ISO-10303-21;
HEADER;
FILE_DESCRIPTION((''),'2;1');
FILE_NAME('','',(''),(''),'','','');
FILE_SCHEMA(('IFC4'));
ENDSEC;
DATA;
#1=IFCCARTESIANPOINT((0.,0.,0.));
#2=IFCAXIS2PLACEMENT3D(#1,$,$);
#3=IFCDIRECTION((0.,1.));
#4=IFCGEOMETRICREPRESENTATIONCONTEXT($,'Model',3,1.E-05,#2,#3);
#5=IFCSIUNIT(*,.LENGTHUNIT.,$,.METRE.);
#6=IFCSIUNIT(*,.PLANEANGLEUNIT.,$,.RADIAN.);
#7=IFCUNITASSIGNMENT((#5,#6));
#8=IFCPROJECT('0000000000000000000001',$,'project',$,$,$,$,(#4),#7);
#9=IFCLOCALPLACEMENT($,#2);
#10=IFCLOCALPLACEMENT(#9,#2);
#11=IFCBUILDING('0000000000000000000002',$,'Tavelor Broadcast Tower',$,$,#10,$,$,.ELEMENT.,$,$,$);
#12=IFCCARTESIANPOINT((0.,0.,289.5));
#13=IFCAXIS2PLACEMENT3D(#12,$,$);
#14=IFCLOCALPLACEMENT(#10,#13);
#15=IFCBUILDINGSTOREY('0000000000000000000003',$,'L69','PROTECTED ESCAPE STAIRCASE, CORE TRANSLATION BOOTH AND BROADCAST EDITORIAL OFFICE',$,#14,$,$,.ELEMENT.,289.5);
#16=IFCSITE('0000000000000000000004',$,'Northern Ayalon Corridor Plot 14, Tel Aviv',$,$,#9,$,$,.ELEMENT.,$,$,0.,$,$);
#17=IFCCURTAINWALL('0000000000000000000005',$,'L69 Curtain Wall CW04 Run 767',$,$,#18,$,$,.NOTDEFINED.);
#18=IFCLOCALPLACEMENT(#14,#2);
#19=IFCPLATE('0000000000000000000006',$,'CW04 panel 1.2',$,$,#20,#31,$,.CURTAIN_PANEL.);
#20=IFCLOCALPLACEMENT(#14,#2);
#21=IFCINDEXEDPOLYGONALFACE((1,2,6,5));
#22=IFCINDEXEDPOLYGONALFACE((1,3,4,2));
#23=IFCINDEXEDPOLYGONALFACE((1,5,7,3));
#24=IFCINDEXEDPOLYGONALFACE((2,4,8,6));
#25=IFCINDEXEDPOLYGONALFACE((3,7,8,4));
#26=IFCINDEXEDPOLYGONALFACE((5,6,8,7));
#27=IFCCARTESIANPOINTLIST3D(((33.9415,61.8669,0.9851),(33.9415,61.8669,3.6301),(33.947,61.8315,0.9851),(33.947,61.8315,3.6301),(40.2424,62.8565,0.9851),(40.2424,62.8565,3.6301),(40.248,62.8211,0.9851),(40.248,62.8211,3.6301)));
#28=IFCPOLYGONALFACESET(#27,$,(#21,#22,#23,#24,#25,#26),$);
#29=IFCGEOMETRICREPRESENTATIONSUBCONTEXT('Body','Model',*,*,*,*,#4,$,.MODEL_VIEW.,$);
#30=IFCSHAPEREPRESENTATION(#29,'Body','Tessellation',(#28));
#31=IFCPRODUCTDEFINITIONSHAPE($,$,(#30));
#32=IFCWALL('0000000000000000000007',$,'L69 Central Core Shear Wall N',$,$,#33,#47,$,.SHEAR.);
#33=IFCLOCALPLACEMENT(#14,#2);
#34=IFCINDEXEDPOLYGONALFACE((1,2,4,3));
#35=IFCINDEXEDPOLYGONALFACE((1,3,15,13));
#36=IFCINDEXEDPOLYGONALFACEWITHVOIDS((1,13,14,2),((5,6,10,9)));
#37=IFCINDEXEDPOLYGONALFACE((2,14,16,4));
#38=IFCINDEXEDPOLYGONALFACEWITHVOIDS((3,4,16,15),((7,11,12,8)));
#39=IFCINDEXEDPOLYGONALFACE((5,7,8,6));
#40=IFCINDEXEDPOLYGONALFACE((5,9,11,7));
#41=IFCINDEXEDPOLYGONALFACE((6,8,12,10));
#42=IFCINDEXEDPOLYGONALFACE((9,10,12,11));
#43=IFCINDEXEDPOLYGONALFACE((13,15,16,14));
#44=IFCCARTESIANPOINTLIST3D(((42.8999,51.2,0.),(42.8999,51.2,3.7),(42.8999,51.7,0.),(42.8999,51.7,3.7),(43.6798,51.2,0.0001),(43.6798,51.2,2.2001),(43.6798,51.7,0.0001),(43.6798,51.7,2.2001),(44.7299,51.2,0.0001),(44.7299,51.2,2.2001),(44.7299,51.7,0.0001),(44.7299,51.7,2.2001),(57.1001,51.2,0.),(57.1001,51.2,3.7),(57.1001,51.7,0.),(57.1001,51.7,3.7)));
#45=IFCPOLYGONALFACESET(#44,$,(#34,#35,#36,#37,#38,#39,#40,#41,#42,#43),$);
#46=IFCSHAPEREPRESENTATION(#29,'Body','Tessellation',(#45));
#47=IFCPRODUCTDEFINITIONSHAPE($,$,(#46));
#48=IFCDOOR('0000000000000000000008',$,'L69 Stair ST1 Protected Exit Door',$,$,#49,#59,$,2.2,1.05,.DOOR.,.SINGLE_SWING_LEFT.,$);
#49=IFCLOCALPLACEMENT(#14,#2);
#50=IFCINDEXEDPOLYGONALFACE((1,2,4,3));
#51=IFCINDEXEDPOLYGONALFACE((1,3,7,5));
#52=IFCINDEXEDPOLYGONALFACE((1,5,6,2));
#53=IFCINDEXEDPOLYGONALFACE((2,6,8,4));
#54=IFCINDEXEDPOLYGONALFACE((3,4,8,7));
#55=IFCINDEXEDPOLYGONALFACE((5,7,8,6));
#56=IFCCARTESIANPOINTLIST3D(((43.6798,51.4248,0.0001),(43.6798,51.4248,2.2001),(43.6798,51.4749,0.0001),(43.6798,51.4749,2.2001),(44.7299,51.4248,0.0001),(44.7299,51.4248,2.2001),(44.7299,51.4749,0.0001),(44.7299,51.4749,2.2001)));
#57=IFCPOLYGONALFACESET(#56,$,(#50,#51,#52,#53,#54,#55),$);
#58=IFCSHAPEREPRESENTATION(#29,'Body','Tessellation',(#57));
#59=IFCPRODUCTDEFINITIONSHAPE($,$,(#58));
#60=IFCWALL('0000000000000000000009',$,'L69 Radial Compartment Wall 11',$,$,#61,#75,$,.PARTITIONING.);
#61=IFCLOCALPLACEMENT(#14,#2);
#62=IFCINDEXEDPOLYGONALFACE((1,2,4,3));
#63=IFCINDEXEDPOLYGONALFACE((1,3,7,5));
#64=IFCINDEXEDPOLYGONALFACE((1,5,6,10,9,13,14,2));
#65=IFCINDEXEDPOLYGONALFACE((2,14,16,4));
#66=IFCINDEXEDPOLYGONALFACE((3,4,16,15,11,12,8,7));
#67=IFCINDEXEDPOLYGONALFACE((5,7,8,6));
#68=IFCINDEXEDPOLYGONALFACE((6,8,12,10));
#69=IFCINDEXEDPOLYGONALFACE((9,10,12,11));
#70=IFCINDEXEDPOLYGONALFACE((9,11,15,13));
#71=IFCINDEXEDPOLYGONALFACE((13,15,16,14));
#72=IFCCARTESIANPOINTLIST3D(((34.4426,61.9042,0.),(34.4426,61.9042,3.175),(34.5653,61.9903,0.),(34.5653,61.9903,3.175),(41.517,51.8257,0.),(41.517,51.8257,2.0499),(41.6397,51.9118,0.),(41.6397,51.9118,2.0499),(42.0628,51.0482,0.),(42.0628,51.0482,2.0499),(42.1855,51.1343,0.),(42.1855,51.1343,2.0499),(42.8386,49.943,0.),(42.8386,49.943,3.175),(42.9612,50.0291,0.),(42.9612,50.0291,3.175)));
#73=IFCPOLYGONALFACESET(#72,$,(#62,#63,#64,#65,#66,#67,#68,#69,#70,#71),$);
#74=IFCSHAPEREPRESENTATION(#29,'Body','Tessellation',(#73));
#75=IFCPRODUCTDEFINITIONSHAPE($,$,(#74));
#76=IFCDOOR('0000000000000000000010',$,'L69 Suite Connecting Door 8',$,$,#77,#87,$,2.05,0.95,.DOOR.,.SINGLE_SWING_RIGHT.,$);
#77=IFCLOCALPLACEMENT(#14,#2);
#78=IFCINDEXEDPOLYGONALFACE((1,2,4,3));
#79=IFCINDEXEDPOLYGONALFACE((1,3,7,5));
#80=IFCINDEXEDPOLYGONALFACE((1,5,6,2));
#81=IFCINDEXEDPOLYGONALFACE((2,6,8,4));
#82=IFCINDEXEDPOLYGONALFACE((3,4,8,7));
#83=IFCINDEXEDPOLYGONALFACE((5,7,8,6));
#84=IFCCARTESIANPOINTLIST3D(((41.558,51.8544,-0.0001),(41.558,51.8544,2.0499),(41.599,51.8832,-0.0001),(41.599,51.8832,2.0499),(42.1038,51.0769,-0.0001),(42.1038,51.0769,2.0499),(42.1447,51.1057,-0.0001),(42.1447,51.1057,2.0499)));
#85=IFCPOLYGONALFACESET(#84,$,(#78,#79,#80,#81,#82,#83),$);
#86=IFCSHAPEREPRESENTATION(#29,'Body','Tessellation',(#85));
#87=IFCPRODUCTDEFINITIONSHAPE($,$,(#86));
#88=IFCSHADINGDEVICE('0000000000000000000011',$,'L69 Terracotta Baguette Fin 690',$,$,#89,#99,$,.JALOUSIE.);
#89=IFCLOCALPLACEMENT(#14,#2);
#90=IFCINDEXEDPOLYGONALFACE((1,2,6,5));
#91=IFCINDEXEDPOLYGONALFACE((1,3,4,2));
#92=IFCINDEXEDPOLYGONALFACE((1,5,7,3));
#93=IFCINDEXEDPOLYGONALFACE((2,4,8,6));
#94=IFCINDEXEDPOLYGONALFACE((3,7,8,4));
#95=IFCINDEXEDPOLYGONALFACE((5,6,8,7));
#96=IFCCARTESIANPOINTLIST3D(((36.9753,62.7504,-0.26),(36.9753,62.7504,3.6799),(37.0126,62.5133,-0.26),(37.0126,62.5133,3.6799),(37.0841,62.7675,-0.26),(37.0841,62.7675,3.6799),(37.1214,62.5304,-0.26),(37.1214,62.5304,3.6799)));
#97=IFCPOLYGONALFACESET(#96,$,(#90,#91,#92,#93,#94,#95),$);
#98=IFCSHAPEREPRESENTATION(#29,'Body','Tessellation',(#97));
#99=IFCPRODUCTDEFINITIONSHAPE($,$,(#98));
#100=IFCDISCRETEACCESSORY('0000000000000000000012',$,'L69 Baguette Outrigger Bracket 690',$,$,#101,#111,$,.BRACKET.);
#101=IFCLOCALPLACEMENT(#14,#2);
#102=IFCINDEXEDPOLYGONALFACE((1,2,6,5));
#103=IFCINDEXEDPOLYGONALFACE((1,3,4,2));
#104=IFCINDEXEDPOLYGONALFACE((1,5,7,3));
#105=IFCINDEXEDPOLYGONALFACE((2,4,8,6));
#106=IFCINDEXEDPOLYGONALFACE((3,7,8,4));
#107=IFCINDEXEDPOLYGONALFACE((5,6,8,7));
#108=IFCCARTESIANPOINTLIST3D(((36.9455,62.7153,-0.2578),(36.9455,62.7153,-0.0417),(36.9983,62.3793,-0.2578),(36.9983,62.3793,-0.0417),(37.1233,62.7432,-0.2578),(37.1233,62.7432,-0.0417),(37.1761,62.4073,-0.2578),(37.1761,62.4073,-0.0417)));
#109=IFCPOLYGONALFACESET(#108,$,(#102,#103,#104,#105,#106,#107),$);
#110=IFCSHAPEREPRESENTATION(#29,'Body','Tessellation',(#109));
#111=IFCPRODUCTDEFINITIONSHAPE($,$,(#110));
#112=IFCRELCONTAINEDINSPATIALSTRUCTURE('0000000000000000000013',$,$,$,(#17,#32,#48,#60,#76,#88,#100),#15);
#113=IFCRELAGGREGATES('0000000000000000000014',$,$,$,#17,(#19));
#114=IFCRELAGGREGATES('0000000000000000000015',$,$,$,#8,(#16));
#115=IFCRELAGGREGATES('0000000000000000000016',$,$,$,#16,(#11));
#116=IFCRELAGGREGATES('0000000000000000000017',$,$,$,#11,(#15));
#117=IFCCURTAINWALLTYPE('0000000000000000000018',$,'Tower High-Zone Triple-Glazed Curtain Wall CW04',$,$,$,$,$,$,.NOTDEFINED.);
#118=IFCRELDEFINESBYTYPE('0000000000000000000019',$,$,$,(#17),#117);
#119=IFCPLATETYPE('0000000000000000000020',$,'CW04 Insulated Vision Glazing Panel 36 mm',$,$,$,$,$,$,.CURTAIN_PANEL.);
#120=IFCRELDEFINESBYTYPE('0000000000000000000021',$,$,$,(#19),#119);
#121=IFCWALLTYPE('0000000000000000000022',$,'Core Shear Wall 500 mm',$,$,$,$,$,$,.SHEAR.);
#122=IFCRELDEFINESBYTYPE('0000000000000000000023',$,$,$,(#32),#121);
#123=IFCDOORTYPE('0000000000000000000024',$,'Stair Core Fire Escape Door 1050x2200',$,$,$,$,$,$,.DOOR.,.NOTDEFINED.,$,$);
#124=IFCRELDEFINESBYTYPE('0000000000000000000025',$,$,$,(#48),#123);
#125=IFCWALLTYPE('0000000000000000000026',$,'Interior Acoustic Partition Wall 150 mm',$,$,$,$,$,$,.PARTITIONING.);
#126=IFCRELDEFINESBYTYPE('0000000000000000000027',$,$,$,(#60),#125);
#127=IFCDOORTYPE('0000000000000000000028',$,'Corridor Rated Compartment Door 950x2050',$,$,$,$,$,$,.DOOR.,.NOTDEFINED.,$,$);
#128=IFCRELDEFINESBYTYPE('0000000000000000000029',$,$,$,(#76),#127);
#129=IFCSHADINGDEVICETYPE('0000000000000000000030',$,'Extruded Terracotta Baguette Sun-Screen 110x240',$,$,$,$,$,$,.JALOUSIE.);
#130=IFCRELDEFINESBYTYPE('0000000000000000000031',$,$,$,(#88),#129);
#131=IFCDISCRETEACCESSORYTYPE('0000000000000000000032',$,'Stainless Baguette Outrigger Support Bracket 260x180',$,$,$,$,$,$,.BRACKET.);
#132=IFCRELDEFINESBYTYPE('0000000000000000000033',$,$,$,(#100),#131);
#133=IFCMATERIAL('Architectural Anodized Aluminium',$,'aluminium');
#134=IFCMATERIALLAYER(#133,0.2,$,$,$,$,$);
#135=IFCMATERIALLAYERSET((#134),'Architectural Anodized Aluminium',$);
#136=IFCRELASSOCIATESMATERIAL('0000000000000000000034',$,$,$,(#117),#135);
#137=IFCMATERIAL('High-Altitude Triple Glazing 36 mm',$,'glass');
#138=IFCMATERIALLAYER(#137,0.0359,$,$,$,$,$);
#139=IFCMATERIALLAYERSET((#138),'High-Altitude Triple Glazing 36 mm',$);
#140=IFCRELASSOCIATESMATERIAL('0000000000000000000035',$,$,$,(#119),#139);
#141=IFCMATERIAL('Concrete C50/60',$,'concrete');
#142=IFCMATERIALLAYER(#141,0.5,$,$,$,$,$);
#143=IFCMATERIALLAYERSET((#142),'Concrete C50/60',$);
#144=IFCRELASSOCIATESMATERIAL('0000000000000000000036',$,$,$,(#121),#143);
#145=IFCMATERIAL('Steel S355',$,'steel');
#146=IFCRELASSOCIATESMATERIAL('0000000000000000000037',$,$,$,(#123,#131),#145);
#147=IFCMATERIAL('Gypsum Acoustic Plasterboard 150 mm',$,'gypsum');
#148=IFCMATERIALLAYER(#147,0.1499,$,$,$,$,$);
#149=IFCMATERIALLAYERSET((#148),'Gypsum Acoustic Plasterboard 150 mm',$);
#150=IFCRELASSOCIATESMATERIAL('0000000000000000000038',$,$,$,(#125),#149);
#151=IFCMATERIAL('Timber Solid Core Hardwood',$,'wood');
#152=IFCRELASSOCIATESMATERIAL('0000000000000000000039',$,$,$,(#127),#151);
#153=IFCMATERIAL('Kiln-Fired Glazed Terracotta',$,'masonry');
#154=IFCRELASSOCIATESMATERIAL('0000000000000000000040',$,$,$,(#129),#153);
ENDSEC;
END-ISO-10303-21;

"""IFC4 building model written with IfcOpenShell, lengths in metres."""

from ifc_helpers import new_model, si_unit, direction, frame, frame_2d, origin, origin_2d, place, context, subcontext, project, spatial, rectangle, extrude, source, transform, mapped, material, layer, layer_set, type_object, type_shapes, element, fill, aggregate, save


model = new_model("IFC4")

# Units and contexts
model_context = context("Model", 3, precision=1e-05, world=origin(), true_north=direction((0.0, 1.0)))
body_context = subcontext(model_context, "Body", "Model", "MODEL_VIEW")
ifc_project = project(units=[si_unit("LENGTHUNIT", "METRE"), si_unit("PLANEANGLEUNIT", "RADIAN")], contexts=[model_context])

# Site, building, storey
site_placement = place(None, origin())
site = spatial("IfcSite", under=ifc_project, at=site_placement, Name="Northern Ayalon Corridor Plot 14, Tel Aviv", CompositionType="ELEMENT", RefElevation=0.0)
building_placement = place(site_placement, origin())
building = spatial("IfcBuilding", under=site, at=building_placement, Name="Tavelor Broadcast Tower", CompositionType="ELEMENT")
storey_placement = place(building_placement, frame((0.0, 0.0, 289.5)))
storey = spatial("IfcBuildingStorey", under=building, at=storey_placement, Name="L69", Description="PROTECTED ESCAPE STAIRCASE, CORE TRANSLATION BOOTH AND BROADCAST EDITORIAL OFFICE", CompositionType="ELEMENT", Elevation=289.5)

# Shared definitions
ifc_material_1 = material(Name="Steel S355", Category="steel")

# Shared definitions
ifc_material_2 = material(Name="Architectural Anodized Aluminium", Category="aluminium")
ifc_layer_1 = layer(ifc_material_2, 0.2)
ifc_layer_set_1 = layer_set([ifc_layer_1], Name="Architectural Anodized Aluminium")
curtain_wall_type = type_object("IfcCurtainWallType", Name="Tower High-Zone Triple-Glazed Curtain Wall CW04", PredefinedType="NOTDEFINED", material=ifc_layer_set_1)

# Curtain wall
curtain_wall_1_placement = place(storey_placement, origin())
curtain_wall_1 = element("IfcCurtainWall", 1, at=curtain_wall_1_placement, inside=storey, type_object=curtain_wall_type, Name="L69 Curtain Wall CW04 Run 767", PredefinedType="NOTDEFINED")

# Plate
ifc_material_3 = material(Name="High-Altitude Triple Glazing 36 mm", Category="glass")
ifc_layer_2 = layer(ifc_material_3, 0.0359)
ifc_layer_set_2 = layer_set([ifc_layer_2], Name="High-Altitude Triple Glazing 36 mm")
plate_type_1 = type_object("IfcPlateType", Name="CW04 Insulated Vision Glazing Panel 36 mm", PredefinedType="CURTAIN_PANEL", material=ifc_layer_set_2)
shared_shape_1 = source(origin(), body_context, "Body", "SweptSolid", [
    extrude(rectangle(XDim=6.3782, YDim=0.0359, at=origin_2d()), origin(), (0.0, 0.0, 1.0), 2.645),
])
plate_1_placement = place(storey_placement, frame((37.0947, 62.344, 0.9851), z_axis=(0.0, 0.0, 1.0), x_axis=(-0.987891, -0.155152, 0.0)))
plate_1 = element("IfcPlate", 2, at=plate_1_placement, type_object=plate_type_1, Name="CW04 panel 1.2", PredefinedType="CURTAIN_PANEL", context=body_context, shape_type="MappedRepresentation", body=[
    mapped(shared_shape_1, transform((0.0, 0.0, 0.0), scale=1.0)),
])
aggregate(curtain_wall_1, [plate_1])

# Walls, openings, doors
ifc_material_4 = material(Name="Concrete C50/60", Category="concrete")
ifc_layer_3 = layer(ifc_material_4, 0.5)
ifc_layer_set_3 = layer_set([ifc_layer_3], Name="Concrete C50/60")
wall_type_1 = type_object("IfcWallType", Name="Core Shear Wall 500 mm", PredefinedType="SHEAR", material=ifc_layer_set_3)
wall_1_placement = place(storey_placement, frame((42.8999, 51.45, 0.0), z_axis=(0.0, 0.0, 1.0), x_axis=(1.0, 0.0, 0.0)))
wall_1 = element("IfcWall", 3, at=wall_1_placement, inside=storey, type_object=wall_type_1, Name="L69 Central Core Shear Wall N", PredefinedType="SHEAR", context=body_context, shape_type="SweptSolid", body=[
    extrude(rectangle(XDim=14.2002, YDim=0.5, at=frame_2d((7.1001, 0.0))), origin(), (0.0, 0.0, 1.0), 3.7),
])
opening_1_placement = place(wall_1_placement, frame((0.78, 0.0, 0.0)))
opening_1 = element("IfcOpeningElement", 4, at=opening_1_placement, cuts=wall_1, PredefinedType="OPENING", context=body_context, shape_type="SweptSolid", body=[
    extrude(rectangle(XDim=1.05, YDim=2.2, at=frame_2d((0.5249, 1.1001))), frame((0.0, 0.26, 0.0), z_axis=(0.0, -1.0, 0.0), x_axis=(1.0, 0.0, 0.0)), (0.0, 0.0, 1.0), 0.52),
])
door_type_1 = type_object("IfcDoorType", Name="Stair Core Fire Escape Door 1050x2200", OperationType="NOTDEFINED", PredefinedType="DOOR", material=ifc_material_1)
door_1_placement = place(opening_1_placement, origin())
door_1 = element("IfcDoor", 5, at=door_1_placement, inside=storey, type_object=door_type_1, Name="L69 Stair ST1 Protected Exit Door", OperationType="SINGLE_SWING_LEFT", OverallHeight=2.2, OverallWidth=1.05, PredefinedType="DOOR", context=body_context, shape_type="SweptSolid", body=[
    extrude(rectangle(XDim=1.05, YDim=2.2, at=frame_2d((0.5249, 1.1001))), frame((0.0, 0.0249, 0.0), z_axis=(0.0, -1.0, 0.0), x_axis=(1.0, 0.0, 0.0)), (0.0, 0.0, 1.0), 0.05),
])
fill(opening_1, door_1)
ifc_material_5 = material(Name="Gypsum Acoustic Plasterboard 150 mm", Category="gypsum")
ifc_layer_4 = layer(ifc_material_5, 0.1499)
ifc_layer_set_4 = layer_set([ifc_layer_4], Name="Gypsum Acoustic Plasterboard 150 mm")
wall_type_2 = type_object("IfcWallType", Name="Interior Acoustic Partition Wall 150 mm", PredefinedType="PARTITIONING", material=ifc_layer_set_4)
wall_2_placement = place(storey_placement, frame((42.8999, 49.9861, 0.0), z_axis=(0.0, 0.0, 1.0), x_axis=(-0.574526, 0.818486, 0.0)))
wall_2 = element("IfcWall", 6, at=wall_2_placement, inside=storey, type_object=wall_type_2, Name="L69 Radial Compartment Wall 11", PredefinedType="PARTITIONING", context=body_context, shape_type="SweptSolid", body=[
    extrude(rectangle(XDim=14.6138, YDim=0.1499, at=frame_2d((7.3069, 0.0))), origin(), (0.0, 0.0, 1.0), 3.175),
])
opening_2_placement = place(wall_2_placement, frame((1.3501, 0.0, 0.0)))
opening_2 = element("IfcOpeningElement", 7, at=opening_2_placement, cuts=wall_2, PredefinedType="OPENING", context=body_context, shape_type="SweptSolid", body=[
    extrude(rectangle(XDim=0.95, YDim=2.05, at=frame_2d((0.4751, 1.0249))), frame((0.0, 0.085, 0.0), z_axis=(0.0, -1.0, 0.0), x_axis=(1.0, 0.0, 0.0)), (0.0, 0.0, 1.0), 0.1699),
])
ifc_material_6 = material(Name="Timber Solid Core Hardwood", Category="wood")
door_type_2 = type_object("IfcDoorType", Name="Corridor Rated Compartment Door 950x2050", OperationType="NOTDEFINED", PredefinedType="DOOR", material=ifc_material_6)
door_2_placement = place(opening_2_placement, origin())
door_2 = element("IfcDoor", 8, at=door_2_placement, inside=storey, type_object=door_type_2, Name="L69 Suite Connecting Door 8", OperationType="SINGLE_SWING_RIGHT", OverallHeight=2.05, OverallWidth=0.95, PredefinedType="DOOR", context=body_context, shape_type="SweptSolid", body=[
    extrude(rectangle(XDim=0.95, YDim=2.05, at=frame_2d((0.4751, 1.0249))), frame((0.0, 0.0249, 0.0), z_axis=(0.0, -1.0, 0.0), x_axis=(1.0, 0.0, 0.0)), (0.0, 0.0, 1.0), 0.05),
])
fill(opening_2, door_2)

# Shading device
ifc_material_7 = material(Name="Kiln-Fired Glazed Terracotta", Category="masonry")
shading_device_type = type_object("IfcShadingDeviceType", Name="Extruded Terracotta Baguette Sun-Screen 110x240", PredefinedType="JALOUSIE", material=ifc_material_7)
shared_shape_2 = source(origin(), body_context, "Body", "SweptSolid", [
    extrude(rectangle(XDim=0.1101, YDim=0.24, at=origin_2d()), origin(), (0.0, 0.0, 1.0), 3.9399),
])
type_shapes(shading_device_type, [shared_shape_2])
shading_device_placement = place(storey_placement, frame((37.0483, 62.6404, -0.26), z_axis=(0.0, 0.0, 1.0), x_axis=(-0.987879, -0.155228, 0.0)))
element("IfcShadingDevice", 9, at=shading_device_placement, inside=storey, type_object=shading_device_type, Name="L69 Terracotta Baguette Fin 690", PredefinedType="JALOUSIE", context=body_context, shape_type="MappedRepresentation", body=[
    mapped(shared_shape_2, transform((0.0, 0.0, 0.0), scale=1.0)),
])

# Discrete accessory
discrete_accessory_type = type_object("IfcDiscreteAccessoryType", Name="Stainless Baguette Outrigger Support Bracket 260x180", PredefinedType="BRACKET", material=ifc_material_1)
shared_shape_3 = source(origin(), body_context, "Body", "SweptSolid", [
    extrude(rectangle(XDim=0.1799, YDim=0.3401, at=origin_2d()), origin(), (0.0, 0.0, 1.0), 0.2161),
])
type_shapes(discrete_accessory_type, [shared_shape_3])
discrete_accessory_placement = place(storey_placement, frame((37.0608, 62.5613, -0.2578), z_axis=(0.0, 0.0, 1.0), x_axis=(-0.987879, -0.155228, 0.0)))
element("IfcDiscreteAccessory", 10, at=discrete_accessory_placement, inside=storey, type_object=discrete_accessory_type, Name="L69 Baguette Outrigger Bracket 690", PredefinedType="BRACKET", context=body_context, shape_type="MappedRepresentation", body=[
    mapped(shared_shape_3, transform((0.0, 0.0, 0.0), scale=1.0)),
])

save(model, "model.ifc")
